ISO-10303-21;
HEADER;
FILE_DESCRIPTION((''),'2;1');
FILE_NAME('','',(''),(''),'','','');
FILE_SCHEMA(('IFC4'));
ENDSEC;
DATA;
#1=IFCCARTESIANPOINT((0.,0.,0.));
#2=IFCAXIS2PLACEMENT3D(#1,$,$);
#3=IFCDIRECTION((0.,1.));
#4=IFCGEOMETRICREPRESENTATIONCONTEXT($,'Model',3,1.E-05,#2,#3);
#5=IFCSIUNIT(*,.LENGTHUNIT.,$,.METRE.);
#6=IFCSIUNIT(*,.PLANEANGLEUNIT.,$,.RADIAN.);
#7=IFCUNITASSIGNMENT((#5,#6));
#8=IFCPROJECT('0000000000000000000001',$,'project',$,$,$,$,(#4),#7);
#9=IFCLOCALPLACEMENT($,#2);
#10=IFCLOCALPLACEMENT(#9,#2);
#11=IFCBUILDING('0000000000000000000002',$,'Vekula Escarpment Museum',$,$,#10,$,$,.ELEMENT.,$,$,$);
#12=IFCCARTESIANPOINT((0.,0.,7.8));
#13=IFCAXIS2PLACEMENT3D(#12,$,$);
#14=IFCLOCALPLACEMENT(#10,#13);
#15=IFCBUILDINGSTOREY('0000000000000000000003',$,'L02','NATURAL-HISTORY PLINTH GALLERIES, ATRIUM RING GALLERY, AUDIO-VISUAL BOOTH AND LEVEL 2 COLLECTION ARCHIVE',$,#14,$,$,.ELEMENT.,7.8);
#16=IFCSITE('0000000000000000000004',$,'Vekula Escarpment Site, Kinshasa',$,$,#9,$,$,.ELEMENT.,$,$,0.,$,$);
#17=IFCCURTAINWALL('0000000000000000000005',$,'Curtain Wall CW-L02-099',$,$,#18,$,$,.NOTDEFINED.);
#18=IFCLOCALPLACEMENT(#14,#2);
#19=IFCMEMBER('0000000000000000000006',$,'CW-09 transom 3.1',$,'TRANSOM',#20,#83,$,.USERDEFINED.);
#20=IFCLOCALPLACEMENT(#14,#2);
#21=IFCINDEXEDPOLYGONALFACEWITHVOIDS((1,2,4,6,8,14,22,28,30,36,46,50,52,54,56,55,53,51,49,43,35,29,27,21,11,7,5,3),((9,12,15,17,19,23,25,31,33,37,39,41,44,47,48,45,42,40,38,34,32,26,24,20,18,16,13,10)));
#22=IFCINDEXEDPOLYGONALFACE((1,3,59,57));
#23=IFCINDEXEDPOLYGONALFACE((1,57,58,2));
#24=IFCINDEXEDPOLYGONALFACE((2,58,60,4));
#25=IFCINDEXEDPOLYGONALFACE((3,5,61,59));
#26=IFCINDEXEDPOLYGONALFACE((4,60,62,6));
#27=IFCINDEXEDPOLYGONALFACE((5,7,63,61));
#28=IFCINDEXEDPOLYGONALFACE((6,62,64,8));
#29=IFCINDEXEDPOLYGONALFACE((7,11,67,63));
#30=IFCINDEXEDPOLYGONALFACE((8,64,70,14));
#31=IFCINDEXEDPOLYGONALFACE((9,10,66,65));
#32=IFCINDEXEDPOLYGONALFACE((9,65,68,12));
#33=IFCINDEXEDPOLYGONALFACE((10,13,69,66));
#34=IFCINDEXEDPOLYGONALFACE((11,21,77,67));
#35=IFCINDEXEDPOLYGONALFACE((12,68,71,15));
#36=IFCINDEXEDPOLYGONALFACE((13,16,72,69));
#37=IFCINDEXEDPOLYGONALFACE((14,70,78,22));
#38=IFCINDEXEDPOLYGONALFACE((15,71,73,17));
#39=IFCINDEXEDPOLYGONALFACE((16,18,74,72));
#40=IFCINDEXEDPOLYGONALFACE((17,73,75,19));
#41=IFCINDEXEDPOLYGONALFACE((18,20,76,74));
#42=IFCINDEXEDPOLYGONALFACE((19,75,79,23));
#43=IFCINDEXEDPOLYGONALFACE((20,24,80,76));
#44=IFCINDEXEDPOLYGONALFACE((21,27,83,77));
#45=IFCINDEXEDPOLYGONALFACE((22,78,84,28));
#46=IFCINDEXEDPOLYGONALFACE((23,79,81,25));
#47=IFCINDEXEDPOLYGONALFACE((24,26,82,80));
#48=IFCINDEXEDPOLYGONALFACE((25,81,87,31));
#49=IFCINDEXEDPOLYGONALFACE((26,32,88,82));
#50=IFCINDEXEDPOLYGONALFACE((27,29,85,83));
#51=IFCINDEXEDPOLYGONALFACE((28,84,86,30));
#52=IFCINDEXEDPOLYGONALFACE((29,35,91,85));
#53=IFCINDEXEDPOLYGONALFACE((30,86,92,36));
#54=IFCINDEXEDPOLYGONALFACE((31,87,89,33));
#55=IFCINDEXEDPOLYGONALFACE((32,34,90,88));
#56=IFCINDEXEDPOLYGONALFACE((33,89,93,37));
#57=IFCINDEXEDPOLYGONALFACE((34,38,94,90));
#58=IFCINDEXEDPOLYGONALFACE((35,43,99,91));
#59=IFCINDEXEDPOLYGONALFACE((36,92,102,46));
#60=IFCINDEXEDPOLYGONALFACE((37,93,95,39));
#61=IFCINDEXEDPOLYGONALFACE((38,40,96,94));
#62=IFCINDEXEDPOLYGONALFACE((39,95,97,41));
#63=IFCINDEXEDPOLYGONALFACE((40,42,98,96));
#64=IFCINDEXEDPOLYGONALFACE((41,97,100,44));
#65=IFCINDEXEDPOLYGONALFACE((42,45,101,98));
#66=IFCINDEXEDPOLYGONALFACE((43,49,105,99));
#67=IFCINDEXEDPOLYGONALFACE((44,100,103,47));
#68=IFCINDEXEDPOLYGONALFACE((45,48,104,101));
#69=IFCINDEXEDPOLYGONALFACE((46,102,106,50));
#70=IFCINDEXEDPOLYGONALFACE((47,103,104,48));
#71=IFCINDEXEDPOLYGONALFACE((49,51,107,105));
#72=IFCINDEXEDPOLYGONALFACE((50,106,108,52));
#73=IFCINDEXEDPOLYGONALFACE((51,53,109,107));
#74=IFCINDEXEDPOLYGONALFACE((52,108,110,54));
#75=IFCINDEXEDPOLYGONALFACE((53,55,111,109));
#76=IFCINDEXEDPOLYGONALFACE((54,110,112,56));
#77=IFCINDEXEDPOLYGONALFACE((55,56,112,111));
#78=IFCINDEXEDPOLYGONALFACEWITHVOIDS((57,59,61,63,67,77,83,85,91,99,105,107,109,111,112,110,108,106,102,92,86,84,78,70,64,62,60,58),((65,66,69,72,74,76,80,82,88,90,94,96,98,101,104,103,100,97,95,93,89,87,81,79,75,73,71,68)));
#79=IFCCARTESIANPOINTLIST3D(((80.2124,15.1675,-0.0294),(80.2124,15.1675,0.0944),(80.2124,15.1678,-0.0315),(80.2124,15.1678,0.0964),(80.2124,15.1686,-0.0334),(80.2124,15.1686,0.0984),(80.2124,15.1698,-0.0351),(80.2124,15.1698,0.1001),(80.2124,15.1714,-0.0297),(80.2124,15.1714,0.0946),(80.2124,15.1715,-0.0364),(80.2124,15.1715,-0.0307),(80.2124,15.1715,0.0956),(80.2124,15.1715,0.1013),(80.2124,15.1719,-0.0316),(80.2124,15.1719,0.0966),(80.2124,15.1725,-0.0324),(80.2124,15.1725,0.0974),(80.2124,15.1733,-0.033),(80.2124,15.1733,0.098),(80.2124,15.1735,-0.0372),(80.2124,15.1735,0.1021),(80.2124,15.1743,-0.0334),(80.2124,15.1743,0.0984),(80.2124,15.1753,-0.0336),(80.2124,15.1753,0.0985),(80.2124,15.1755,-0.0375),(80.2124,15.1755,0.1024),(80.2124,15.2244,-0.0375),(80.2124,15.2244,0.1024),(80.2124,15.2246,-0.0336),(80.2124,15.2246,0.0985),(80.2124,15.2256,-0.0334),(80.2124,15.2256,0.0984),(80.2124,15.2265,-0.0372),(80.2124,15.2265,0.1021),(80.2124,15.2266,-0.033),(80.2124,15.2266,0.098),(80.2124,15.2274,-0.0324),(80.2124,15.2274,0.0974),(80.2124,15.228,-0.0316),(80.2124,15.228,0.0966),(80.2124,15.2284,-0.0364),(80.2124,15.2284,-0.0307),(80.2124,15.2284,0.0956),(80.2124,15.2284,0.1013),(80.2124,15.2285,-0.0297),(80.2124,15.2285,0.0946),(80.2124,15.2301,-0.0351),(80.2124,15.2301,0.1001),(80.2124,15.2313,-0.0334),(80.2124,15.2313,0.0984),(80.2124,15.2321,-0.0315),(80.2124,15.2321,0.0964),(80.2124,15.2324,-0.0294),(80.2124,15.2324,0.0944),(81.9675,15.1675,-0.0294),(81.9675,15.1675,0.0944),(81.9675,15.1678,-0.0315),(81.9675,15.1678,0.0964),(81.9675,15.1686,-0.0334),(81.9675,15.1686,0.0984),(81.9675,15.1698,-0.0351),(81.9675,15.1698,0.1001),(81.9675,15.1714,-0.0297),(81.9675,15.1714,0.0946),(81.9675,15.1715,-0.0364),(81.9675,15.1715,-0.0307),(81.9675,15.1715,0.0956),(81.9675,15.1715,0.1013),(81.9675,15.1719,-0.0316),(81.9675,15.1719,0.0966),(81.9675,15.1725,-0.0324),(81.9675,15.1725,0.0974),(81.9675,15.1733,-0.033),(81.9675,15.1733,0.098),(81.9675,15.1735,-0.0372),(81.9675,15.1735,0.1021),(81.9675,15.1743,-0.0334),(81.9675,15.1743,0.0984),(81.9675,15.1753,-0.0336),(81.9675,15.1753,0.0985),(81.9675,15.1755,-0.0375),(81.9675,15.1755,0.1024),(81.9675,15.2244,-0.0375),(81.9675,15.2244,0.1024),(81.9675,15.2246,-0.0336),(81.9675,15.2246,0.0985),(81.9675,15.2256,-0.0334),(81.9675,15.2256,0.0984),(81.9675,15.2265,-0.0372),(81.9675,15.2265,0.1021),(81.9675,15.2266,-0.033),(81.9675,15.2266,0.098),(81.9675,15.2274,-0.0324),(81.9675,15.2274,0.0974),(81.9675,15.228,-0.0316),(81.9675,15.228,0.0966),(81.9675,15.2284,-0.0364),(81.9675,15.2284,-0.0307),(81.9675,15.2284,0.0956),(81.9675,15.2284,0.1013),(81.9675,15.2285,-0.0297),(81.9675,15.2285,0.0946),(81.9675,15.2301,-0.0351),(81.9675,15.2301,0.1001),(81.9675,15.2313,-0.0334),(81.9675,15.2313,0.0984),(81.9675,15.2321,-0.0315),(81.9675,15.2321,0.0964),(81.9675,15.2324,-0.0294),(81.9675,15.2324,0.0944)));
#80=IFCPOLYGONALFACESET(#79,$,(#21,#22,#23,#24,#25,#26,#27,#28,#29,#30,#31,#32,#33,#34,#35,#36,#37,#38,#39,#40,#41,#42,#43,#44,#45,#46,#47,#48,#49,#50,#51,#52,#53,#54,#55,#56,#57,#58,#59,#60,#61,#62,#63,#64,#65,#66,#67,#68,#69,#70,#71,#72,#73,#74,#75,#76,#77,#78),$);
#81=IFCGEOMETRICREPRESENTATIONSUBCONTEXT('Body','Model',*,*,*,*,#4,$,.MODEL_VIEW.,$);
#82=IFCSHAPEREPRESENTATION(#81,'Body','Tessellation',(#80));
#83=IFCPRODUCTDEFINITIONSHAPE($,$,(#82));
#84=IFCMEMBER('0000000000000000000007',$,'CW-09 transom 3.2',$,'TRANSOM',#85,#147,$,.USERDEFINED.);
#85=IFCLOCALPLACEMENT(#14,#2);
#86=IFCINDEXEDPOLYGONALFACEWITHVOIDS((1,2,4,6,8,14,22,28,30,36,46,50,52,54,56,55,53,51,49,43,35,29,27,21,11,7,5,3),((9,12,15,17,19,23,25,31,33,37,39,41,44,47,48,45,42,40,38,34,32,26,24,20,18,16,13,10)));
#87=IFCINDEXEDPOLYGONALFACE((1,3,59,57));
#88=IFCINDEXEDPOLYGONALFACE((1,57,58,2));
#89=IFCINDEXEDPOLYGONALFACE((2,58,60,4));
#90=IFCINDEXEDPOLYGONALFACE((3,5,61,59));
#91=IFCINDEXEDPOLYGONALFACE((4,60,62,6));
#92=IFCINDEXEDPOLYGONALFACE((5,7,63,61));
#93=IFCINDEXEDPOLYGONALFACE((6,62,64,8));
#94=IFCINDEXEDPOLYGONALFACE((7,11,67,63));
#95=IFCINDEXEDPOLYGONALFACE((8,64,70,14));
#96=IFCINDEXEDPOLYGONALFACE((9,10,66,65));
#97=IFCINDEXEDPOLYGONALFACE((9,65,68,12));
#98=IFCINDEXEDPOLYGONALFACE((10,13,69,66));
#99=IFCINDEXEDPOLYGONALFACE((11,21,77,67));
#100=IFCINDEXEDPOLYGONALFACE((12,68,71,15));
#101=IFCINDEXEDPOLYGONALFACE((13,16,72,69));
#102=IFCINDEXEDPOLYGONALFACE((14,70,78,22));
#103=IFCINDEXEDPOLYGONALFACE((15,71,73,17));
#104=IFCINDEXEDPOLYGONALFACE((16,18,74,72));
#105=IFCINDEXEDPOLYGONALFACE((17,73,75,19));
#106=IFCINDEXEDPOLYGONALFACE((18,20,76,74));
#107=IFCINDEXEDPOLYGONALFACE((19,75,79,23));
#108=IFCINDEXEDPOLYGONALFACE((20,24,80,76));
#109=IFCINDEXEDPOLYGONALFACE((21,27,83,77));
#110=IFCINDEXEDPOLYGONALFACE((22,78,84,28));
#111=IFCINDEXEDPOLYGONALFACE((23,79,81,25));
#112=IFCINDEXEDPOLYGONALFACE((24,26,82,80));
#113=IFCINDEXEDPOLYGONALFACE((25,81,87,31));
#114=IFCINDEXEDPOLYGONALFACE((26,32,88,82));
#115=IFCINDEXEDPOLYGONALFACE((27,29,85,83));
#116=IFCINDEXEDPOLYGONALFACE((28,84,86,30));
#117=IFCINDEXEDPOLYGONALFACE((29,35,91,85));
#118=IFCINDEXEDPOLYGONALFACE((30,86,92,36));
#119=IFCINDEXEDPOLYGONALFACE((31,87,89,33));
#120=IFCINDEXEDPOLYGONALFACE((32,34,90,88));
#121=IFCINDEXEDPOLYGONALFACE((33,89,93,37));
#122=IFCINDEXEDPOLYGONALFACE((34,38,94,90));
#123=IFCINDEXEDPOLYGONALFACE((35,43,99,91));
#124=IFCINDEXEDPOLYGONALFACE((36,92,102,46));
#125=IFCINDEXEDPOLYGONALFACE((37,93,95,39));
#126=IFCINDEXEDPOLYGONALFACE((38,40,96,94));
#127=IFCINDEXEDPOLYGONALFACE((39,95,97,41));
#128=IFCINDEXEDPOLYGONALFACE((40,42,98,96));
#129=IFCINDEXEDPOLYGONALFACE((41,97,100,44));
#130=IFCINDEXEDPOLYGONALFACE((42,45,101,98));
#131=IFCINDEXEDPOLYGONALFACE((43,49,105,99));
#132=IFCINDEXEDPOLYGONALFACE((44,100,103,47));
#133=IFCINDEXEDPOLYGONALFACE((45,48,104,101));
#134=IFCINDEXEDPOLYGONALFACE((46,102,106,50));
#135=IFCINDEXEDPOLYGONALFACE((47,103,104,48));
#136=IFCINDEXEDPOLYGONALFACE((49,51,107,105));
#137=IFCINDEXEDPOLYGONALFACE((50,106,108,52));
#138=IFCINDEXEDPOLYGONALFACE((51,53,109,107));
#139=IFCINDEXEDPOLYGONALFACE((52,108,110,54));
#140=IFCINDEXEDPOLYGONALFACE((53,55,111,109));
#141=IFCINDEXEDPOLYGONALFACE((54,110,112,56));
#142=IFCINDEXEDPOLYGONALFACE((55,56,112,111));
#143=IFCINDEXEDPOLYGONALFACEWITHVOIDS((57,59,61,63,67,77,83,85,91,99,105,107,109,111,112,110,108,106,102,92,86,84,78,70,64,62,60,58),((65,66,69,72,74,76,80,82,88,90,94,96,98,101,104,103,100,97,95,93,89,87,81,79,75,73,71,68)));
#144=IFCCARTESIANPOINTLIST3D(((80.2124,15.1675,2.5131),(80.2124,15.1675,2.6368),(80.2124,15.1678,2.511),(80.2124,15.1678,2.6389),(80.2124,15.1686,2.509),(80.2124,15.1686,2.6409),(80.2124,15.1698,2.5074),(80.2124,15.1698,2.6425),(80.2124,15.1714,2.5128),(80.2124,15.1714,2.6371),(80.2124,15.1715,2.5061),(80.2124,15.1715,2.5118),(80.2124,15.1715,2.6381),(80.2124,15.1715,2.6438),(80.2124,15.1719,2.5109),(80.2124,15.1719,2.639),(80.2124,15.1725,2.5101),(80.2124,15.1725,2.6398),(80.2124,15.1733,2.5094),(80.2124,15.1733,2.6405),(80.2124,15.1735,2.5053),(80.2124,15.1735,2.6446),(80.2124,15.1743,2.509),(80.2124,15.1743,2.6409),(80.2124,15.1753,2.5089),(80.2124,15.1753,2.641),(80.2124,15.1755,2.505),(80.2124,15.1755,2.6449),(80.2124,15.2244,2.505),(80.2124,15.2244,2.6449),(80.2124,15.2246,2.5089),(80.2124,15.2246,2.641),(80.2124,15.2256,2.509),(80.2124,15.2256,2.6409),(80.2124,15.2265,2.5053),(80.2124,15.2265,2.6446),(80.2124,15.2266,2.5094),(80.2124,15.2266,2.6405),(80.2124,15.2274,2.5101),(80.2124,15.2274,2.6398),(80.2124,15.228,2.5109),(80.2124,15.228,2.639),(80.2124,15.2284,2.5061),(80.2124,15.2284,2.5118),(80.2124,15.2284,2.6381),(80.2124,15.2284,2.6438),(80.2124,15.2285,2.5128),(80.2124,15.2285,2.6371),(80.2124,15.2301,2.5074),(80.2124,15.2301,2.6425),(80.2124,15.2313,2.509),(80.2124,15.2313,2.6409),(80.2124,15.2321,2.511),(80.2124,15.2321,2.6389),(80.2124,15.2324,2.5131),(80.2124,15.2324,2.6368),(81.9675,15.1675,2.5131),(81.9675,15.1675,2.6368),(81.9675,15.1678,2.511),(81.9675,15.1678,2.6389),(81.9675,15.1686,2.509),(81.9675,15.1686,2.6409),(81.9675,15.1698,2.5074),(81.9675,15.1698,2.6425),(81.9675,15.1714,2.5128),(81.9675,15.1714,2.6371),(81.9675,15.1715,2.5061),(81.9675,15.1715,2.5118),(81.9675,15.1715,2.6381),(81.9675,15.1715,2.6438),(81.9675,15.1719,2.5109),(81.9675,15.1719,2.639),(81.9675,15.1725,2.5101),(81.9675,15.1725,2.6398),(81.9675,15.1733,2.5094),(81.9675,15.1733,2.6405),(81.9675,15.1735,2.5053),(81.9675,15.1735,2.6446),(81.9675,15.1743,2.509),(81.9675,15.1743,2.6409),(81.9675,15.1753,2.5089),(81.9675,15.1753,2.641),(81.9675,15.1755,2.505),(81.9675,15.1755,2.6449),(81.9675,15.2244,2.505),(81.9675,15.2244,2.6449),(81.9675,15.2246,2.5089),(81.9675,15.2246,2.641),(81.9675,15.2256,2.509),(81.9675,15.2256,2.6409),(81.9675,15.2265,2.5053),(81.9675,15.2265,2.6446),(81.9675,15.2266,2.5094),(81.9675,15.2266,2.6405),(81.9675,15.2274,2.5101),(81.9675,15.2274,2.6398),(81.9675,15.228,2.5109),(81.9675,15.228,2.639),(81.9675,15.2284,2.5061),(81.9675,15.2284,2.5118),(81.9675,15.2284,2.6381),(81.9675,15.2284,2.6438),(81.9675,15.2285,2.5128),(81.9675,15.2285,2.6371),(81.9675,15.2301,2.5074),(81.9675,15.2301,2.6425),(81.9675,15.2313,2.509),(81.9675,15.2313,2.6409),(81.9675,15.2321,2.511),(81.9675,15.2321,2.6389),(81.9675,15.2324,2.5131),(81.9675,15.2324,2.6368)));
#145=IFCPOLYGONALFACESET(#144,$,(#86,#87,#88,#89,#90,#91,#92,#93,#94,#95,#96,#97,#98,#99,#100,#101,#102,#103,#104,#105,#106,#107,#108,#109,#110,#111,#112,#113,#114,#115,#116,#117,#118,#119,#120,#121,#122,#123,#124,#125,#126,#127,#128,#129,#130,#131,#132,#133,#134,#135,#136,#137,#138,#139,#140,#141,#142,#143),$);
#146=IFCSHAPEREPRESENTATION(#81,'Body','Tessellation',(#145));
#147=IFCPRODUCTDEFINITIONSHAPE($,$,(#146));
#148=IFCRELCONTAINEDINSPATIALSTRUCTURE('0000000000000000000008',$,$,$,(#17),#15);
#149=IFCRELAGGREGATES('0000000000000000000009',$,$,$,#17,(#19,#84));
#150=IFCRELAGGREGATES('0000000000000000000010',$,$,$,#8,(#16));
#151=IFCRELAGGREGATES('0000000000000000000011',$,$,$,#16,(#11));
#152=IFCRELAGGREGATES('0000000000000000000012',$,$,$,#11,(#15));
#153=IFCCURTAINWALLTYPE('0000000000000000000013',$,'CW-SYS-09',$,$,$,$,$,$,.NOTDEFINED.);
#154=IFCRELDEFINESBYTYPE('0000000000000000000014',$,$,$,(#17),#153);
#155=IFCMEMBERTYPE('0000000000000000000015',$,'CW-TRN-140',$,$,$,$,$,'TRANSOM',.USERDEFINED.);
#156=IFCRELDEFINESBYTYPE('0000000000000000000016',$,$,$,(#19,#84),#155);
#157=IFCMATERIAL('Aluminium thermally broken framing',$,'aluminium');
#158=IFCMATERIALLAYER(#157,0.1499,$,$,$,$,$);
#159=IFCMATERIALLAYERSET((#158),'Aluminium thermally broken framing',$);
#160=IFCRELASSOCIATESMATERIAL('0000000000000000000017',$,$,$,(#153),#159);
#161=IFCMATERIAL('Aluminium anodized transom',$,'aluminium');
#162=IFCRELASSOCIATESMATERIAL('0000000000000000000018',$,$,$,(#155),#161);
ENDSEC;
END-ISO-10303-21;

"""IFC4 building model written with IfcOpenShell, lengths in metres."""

from ifc_helpers import new_model, si_unit, direction, frame, origin, origin_2d, place, context, subcontext, project, spatial, hollow_rectangle, extrude, material, layer, layer_set, material_profile, profile_set, type_object, element, aggregate, save


model = new_model("IFC4")

# Units and contexts
model_context = context("Model", 3, precision=1e-05, world=origin(), true_north=direction((0.0, 1.0)))
body_context = subcontext(model_context, "Body", "Model", "MODEL_VIEW")
ifc_project = project(units=[si_unit("LENGTHUNIT", "METRE"), si_unit("PLANEANGLEUNIT", "RADIAN")], contexts=[model_context])

# Site, building, storey
site_placement = place(None, origin())
site = spatial("IfcSite", under=ifc_project, at=site_placement, Name="Vekula Escarpment Site, Kinshasa", CompositionType="ELEMENT", RefElevation=0.0)
building_placement = place(site_placement, origin())
building = spatial("IfcBuilding", under=site, at=building_placement, Name="Vekula Escarpment Museum", CompositionType="ELEMENT")
storey_placement = place(building_placement, frame((0.0, 0.0, 7.8)))
storey = spatial("IfcBuildingStorey", under=building, at=storey_placement, Name="L02", Description="NATURAL-HISTORY PLINTH GALLERIES, ATRIUM RING GALLERY, AUDIO-VISUAL BOOTH AND LEVEL 2 COLLECTION ARCHIVE", CompositionType="ELEMENT", Elevation=7.8)

# Curtain wall, members
ifc_material_1 = material(Name="Aluminium thermally broken framing", Category="aluminium")
ifc_layer_1 = layer(ifc_material_1, 0.1499)
ifc_layer_set_1 = layer_set([ifc_layer_1], Name="Aluminium thermally broken framing")
curtain_wall_type = type_object("IfcCurtainWallType", Name="CW-SYS-09", PredefinedType="NOTDEFINED", material=ifc_layer_set_1)
curtain_wall_placement = place(storey_placement, origin())
curtain_wall = element("IfcCurtainWall", 1, at=curtain_wall_placement, inside=storey, type_object=curtain_wall_type, Name="Curtain Wall CW-L02-099", PredefinedType="NOTDEFINED")
ifc_material_2 = material(Name="Aluminium anodized transom", Category="aluminium")
ifc_material_profile_1 = material_profile(ifc_material_2, hollow_rectangle(XDim=0.0649, YDim=0.1399, WallThickness=0.0039, InnerFilletRadius=0.0039, OuterFilletRadius=0.0081, at=origin_2d()), Name="ALU 140x65x4")
ifc_profile_set_1 = profile_set([ifc_material_profile_1], Name="Aluminium anodized transom")
member_type_1 = type_object("IfcMemberType", Name="CW-TRN-140", ElementType="TRANSOM", PredefinedType="USERDEFINED", material=ifc_profile_set_1)
member_1_placement = place(storey_placement, frame((81.9675, 15.2, 0.0325), z_axis=(-1.0, 0.0, 0.0), x_axis=(0.0, -1.0, 0.0)))
member_1 = element("IfcMember", 2, at=member_1_placement, type_object=member_type_1, Name="CW-09 transom 3.1", ObjectType="TRANSOM", PredefinedType="USERDEFINED", context=body_context, shape_type="SweptSolid", body=[
    extrude(hollow_rectangle(XDim=0.0649, YDim=0.1399, WallThickness=0.0039, InnerFilletRadius=0.0039, OuterFilletRadius=0.0081, at=origin_2d()), origin(), (0.0, 0.0, 1.0), 1.7551),
])
member_2_placement = place(storey_placement, frame((81.9675, 15.2, 2.575), z_axis=(-1.0, 0.0, 0.0), x_axis=(0.0, -1.0, 0.0)))
member_2 = element("IfcMember", 3, at=member_2_placement, type_object=member_type_1, Name="CW-09 transom 3.2", ObjectType="TRANSOM", PredefinedType="USERDEFINED", context=body_context, shape_type="SweptSolid", body=[
    extrude(hollow_rectangle(XDim=0.0649, YDim=0.1399, WallThickness=0.0039, InnerFilletRadius=0.0039, OuterFilletRadius=0.0081, at=origin_2d()), origin(), (0.0, 0.0, 1.0), 1.7551),
])

aggregate(curtain_wall, [member_1, member_2])

save(model, "model.ifc")
